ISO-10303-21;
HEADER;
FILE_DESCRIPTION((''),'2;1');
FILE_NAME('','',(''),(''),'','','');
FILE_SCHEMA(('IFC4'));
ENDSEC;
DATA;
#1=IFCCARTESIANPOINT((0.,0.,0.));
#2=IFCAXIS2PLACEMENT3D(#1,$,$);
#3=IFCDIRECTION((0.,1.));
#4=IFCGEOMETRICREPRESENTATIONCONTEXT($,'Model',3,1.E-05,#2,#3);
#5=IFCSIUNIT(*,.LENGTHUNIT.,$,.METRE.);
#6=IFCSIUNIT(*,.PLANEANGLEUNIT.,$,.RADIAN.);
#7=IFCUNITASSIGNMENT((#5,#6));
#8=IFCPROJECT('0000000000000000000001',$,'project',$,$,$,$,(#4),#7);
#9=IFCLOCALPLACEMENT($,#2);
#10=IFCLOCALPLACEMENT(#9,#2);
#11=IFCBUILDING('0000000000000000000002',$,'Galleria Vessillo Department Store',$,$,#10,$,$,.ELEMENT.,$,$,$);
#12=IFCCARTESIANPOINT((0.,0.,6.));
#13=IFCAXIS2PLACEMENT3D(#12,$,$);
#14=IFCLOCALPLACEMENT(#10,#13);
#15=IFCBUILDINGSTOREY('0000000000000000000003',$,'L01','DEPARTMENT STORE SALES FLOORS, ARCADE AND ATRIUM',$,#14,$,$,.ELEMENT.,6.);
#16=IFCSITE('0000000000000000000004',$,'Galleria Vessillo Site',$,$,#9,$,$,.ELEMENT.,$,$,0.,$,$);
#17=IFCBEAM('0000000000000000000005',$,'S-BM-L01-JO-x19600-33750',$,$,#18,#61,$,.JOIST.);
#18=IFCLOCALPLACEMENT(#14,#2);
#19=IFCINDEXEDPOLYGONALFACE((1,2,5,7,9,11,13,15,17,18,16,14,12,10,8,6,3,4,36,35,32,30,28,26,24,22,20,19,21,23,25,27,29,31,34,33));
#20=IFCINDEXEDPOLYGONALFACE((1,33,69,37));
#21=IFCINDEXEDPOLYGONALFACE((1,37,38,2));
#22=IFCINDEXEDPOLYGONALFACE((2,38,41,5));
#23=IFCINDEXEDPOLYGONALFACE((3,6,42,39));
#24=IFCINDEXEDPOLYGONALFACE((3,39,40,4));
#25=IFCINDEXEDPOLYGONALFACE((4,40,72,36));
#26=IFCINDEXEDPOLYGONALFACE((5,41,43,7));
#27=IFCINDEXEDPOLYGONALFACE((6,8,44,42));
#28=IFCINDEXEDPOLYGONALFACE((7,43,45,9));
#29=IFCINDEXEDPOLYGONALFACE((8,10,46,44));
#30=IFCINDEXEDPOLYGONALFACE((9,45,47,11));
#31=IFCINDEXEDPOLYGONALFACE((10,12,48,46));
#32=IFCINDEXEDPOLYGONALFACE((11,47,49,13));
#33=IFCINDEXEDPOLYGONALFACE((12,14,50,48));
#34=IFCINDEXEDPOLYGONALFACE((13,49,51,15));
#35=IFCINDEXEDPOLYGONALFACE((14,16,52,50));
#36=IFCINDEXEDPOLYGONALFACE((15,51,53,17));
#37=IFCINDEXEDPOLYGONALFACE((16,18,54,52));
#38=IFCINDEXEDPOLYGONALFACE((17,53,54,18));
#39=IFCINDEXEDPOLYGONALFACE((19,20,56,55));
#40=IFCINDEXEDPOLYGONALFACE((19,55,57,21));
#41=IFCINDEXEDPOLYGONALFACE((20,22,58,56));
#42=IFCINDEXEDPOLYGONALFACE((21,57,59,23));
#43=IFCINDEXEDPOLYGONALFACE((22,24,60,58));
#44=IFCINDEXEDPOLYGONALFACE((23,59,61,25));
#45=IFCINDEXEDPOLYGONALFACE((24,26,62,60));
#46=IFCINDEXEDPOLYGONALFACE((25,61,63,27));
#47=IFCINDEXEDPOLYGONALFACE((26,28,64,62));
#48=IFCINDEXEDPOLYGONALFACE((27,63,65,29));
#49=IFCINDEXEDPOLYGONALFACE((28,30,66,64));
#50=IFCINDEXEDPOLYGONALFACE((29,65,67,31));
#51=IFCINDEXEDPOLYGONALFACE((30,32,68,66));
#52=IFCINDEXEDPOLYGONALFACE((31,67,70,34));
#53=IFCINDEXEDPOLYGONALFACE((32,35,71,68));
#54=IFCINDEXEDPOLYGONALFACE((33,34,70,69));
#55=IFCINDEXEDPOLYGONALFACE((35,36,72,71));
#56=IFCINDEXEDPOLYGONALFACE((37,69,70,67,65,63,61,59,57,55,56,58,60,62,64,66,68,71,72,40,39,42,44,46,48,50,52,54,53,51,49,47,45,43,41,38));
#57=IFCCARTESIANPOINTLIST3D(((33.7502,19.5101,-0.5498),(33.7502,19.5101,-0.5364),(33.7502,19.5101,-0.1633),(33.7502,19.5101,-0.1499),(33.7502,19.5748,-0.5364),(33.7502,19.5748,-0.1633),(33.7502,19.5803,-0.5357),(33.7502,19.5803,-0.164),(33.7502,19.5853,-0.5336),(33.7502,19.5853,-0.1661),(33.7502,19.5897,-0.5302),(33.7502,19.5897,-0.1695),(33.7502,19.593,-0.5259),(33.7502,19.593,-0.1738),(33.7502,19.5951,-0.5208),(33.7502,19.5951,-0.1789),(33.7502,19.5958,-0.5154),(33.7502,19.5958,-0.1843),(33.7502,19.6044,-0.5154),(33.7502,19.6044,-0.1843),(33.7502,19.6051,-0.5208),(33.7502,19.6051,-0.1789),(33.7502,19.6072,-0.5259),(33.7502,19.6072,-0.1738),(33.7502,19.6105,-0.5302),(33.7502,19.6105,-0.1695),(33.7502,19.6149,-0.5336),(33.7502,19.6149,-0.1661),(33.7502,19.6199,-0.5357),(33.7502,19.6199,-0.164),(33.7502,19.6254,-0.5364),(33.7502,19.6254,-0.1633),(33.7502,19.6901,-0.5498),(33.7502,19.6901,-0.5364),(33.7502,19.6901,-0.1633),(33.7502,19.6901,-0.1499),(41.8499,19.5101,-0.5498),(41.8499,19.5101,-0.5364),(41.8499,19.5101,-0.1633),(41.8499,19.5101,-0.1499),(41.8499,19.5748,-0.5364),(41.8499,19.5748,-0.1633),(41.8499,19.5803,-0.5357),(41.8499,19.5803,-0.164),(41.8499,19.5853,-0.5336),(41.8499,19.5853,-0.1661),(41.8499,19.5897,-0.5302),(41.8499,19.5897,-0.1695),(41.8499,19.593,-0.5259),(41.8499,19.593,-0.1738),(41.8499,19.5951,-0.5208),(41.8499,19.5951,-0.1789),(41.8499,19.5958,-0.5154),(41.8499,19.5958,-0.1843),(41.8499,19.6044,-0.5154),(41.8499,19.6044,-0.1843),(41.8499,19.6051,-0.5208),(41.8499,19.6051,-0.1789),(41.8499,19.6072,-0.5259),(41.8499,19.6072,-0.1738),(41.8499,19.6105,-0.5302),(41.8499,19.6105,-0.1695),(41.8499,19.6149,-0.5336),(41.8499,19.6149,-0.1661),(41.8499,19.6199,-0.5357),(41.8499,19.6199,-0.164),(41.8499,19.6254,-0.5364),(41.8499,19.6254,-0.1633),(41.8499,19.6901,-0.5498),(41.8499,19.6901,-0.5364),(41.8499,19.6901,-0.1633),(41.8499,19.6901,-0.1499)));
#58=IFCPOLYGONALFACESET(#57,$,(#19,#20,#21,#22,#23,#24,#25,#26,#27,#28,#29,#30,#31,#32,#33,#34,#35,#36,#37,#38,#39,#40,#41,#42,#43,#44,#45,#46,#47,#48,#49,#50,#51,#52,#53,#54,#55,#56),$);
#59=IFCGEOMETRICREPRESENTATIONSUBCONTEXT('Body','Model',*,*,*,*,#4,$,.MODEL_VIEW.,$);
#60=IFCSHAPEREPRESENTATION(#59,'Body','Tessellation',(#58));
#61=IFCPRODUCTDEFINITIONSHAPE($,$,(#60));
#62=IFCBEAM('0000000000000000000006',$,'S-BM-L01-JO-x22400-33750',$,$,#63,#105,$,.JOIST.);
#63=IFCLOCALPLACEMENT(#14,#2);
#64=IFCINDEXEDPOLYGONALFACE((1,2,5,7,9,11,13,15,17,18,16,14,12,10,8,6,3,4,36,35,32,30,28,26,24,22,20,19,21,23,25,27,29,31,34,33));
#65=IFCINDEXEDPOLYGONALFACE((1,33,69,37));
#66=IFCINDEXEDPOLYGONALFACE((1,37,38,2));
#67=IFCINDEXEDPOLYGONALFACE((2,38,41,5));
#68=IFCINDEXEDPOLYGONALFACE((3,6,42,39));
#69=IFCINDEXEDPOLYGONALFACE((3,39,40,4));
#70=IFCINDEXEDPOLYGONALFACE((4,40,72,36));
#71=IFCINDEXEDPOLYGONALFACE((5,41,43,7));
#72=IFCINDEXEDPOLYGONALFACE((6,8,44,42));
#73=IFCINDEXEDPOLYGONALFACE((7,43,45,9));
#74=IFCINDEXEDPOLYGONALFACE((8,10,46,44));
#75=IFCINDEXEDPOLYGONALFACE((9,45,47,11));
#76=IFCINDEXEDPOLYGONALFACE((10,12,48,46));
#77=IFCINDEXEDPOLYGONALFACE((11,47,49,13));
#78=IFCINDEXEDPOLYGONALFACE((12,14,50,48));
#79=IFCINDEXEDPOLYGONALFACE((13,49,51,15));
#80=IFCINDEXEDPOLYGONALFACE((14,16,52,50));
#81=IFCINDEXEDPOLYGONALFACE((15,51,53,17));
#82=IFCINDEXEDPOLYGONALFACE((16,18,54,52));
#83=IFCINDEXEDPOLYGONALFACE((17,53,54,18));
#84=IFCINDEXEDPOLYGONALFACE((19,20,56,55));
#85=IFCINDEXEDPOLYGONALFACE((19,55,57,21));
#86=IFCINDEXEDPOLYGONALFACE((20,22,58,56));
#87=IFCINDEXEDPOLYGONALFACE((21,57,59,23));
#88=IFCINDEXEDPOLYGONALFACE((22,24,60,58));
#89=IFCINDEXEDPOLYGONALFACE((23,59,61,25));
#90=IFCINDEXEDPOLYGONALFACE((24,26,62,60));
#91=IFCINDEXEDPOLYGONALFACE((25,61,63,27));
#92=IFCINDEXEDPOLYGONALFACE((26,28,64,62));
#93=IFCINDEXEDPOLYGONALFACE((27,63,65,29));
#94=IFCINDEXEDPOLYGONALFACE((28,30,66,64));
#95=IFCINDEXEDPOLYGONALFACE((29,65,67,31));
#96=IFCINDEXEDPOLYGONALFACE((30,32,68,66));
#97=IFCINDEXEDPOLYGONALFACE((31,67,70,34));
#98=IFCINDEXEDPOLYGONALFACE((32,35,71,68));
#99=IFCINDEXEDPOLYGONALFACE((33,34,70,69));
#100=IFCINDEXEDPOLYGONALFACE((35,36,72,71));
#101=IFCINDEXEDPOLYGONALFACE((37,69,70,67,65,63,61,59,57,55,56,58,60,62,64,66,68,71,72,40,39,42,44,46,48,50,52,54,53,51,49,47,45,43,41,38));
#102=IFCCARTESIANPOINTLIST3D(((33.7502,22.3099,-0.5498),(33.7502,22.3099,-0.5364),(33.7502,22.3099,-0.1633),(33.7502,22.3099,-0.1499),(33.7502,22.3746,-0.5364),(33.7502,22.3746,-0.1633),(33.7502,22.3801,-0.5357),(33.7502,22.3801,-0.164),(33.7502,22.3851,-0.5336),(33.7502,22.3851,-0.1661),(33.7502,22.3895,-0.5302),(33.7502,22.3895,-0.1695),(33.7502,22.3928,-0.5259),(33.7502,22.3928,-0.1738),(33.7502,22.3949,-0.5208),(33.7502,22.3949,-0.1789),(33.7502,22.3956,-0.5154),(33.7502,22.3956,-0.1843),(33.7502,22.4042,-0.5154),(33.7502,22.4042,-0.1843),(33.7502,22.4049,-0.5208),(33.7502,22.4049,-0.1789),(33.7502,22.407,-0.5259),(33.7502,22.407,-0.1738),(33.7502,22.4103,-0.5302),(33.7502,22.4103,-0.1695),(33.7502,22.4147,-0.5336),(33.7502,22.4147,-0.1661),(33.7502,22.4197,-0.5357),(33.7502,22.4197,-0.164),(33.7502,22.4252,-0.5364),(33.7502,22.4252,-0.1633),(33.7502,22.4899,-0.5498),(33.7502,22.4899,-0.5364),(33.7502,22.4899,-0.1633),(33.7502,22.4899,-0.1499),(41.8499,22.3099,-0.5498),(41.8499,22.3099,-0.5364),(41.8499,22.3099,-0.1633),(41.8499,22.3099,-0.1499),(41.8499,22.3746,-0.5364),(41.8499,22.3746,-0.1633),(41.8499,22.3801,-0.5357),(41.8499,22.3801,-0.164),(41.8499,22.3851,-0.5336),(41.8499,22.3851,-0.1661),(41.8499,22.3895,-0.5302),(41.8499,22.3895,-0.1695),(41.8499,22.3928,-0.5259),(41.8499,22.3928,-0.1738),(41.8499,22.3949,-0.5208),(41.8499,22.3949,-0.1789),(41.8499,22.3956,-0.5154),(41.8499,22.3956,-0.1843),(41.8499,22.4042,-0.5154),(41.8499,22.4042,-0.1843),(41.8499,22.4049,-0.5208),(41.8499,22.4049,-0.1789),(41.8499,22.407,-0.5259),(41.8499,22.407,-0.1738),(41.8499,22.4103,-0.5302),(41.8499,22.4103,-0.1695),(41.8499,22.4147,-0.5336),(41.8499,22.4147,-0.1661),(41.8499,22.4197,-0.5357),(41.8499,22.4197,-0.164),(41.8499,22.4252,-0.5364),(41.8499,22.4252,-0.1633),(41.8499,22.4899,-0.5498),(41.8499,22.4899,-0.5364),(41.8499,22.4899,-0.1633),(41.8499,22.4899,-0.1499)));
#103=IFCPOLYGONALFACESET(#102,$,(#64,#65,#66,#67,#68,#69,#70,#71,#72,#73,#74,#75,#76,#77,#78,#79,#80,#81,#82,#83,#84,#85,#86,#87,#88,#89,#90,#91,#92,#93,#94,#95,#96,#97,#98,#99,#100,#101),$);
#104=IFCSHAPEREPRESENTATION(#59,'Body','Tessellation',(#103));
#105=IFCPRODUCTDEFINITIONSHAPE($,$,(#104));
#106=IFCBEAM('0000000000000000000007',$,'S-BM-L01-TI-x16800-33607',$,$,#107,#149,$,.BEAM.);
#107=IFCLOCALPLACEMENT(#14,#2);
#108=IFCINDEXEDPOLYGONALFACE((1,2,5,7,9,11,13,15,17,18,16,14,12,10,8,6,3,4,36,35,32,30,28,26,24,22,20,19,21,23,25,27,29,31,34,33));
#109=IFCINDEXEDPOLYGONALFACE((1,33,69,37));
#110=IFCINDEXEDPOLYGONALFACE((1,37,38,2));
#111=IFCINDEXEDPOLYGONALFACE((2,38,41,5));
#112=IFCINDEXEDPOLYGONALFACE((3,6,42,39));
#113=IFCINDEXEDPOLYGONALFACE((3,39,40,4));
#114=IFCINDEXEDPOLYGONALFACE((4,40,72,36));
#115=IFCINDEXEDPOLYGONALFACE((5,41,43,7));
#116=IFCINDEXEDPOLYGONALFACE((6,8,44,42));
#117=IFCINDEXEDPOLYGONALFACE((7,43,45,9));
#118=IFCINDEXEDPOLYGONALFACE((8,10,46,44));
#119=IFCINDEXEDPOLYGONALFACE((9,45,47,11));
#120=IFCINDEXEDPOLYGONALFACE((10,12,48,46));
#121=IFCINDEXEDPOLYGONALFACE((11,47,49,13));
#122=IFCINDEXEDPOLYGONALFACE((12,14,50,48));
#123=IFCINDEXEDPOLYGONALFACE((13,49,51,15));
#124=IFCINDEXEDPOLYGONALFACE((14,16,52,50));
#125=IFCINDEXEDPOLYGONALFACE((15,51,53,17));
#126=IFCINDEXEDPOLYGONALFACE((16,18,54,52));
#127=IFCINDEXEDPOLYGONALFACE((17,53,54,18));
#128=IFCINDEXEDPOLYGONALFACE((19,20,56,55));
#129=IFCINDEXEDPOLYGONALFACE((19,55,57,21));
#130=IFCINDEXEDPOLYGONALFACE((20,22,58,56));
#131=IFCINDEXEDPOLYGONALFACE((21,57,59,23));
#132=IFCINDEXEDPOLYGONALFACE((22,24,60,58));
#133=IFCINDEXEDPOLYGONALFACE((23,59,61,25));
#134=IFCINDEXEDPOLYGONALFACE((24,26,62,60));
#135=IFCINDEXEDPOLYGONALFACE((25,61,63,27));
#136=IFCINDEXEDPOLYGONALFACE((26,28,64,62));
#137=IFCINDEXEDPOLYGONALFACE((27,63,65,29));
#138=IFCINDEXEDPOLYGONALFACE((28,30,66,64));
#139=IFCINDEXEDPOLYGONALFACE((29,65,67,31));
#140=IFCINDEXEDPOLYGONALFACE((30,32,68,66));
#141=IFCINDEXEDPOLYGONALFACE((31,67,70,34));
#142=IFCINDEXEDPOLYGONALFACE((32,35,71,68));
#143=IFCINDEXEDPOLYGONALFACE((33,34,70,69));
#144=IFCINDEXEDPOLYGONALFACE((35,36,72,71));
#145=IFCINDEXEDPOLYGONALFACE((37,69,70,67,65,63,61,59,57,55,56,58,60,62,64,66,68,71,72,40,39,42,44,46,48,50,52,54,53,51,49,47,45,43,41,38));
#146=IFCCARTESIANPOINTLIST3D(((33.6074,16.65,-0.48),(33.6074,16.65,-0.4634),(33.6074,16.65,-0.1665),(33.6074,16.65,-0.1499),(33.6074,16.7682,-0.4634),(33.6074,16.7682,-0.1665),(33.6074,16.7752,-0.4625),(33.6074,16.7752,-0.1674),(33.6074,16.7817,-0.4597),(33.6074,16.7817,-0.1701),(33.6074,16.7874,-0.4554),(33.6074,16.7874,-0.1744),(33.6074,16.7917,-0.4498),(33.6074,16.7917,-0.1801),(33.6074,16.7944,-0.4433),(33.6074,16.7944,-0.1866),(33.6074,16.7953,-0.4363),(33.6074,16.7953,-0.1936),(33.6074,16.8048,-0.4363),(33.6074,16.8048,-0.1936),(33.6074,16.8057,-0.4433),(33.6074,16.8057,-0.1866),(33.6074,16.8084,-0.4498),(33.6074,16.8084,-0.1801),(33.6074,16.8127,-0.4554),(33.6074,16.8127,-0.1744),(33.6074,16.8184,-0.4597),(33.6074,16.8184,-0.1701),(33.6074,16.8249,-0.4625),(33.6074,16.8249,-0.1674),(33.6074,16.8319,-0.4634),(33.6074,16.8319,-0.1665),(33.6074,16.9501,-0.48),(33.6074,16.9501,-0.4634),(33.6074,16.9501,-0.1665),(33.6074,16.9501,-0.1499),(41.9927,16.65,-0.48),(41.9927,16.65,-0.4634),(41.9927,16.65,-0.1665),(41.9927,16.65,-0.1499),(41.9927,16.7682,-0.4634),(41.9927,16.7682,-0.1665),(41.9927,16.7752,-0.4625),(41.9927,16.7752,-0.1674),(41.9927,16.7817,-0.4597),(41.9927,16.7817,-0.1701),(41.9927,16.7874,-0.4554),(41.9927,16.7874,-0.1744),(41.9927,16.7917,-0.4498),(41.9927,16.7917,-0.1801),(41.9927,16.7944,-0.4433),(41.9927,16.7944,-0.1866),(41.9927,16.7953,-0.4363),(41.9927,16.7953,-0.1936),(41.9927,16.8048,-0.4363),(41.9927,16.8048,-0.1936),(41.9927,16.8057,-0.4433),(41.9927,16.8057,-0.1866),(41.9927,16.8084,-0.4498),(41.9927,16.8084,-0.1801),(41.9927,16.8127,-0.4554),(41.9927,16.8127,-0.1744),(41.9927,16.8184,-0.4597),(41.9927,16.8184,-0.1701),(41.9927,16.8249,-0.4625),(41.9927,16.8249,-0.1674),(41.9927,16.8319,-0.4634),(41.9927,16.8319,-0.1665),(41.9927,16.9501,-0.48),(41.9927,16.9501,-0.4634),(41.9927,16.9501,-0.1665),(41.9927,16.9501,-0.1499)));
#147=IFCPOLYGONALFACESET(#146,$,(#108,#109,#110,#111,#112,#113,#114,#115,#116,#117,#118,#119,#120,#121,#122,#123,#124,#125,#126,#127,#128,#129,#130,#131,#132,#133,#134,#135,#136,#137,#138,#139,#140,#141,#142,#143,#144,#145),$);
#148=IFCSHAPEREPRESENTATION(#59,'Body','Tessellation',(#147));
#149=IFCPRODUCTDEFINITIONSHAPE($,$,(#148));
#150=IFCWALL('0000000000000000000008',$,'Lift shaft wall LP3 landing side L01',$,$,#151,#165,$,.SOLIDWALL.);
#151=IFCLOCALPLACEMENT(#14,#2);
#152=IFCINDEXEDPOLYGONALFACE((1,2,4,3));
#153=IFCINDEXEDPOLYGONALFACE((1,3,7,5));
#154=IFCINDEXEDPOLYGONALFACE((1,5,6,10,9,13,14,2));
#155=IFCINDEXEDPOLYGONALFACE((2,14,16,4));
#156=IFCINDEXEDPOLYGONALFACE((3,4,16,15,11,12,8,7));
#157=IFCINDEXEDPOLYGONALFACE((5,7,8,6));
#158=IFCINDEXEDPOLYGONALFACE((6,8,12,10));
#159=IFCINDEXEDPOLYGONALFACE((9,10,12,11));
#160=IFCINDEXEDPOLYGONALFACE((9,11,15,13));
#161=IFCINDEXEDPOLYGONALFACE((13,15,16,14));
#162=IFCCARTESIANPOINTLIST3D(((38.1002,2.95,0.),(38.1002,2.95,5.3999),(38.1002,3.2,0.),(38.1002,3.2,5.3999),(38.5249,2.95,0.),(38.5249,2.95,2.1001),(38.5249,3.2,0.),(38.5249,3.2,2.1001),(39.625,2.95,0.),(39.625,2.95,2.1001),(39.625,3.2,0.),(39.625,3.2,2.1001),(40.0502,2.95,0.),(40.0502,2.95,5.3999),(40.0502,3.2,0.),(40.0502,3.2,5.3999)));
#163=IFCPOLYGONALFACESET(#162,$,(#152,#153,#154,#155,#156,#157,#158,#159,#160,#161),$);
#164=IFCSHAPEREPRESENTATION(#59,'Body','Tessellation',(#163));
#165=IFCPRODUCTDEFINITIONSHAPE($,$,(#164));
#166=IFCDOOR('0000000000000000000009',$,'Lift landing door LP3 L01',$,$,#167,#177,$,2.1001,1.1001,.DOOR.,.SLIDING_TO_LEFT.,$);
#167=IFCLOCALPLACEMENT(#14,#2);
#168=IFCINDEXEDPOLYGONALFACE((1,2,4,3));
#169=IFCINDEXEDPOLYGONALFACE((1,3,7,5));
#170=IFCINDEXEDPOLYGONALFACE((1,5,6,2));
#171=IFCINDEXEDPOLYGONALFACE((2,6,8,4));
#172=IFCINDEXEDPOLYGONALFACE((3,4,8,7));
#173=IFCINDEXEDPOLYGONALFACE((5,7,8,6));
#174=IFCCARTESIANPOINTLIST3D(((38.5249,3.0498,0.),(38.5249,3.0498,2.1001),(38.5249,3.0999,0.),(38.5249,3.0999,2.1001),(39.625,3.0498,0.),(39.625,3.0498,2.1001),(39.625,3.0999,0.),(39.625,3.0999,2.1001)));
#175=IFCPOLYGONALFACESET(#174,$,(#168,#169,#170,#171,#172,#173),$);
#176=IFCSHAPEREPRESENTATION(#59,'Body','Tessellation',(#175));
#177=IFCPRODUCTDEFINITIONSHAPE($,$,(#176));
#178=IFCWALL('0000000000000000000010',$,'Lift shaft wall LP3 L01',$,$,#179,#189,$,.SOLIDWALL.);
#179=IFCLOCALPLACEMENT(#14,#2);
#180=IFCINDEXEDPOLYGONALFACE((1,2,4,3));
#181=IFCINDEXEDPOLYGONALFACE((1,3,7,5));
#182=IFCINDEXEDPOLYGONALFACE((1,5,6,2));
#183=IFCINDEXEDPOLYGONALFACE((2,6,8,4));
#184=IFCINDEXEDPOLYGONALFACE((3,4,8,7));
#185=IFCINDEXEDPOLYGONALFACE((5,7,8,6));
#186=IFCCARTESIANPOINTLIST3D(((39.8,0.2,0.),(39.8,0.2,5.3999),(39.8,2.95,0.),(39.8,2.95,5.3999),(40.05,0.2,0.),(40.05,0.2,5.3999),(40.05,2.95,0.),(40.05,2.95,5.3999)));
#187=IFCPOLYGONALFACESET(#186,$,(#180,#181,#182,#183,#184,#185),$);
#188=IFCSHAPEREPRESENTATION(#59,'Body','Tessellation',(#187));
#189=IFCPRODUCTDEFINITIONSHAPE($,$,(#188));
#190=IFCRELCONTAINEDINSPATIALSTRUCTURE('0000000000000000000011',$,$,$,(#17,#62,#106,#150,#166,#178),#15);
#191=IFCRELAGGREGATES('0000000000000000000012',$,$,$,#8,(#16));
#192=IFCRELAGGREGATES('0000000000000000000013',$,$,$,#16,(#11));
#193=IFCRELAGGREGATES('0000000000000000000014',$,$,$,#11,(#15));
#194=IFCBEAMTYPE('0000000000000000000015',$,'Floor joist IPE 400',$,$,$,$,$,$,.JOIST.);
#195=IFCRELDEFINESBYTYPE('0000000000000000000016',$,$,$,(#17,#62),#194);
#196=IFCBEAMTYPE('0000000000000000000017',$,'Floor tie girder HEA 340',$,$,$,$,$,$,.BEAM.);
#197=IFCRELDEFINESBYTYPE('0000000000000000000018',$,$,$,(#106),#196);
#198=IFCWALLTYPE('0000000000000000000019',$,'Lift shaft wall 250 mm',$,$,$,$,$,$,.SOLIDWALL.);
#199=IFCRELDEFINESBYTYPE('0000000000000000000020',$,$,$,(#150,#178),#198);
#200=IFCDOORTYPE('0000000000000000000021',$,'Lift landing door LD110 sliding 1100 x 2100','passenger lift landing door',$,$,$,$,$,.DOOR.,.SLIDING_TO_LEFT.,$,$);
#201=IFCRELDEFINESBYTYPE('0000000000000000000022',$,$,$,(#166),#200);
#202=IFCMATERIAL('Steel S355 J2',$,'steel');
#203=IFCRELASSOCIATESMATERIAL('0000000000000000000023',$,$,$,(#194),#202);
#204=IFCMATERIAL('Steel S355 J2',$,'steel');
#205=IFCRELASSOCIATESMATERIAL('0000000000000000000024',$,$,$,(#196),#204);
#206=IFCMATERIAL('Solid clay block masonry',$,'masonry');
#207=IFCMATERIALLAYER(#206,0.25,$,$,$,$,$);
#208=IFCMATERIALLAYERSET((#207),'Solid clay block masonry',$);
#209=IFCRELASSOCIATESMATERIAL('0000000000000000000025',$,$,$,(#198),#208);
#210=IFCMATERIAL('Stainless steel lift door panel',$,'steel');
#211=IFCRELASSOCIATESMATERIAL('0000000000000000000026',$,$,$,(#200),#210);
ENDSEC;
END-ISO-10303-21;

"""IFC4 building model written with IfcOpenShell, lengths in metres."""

from ifc_helpers import new_model, si_unit, direction, frame, frame_2d, origin, origin_2d, place, context, subcontext, project, spatial, rectangle, i_section, extrude, material, layer, layer_set, material_profile, profile_set, type_object, element, fill, save


model = new_model("IFC4")

# Units and contexts
model_context = context("Model", 3, precision=1e-05, world=origin(), true_north=direction((0.0, 1.0)))
body_context = subcontext(model_context, "Body", "Model", "MODEL_VIEW")
ifc_project = project(units=[si_unit("LENGTHUNIT", "METRE"), si_unit("PLANEANGLEUNIT", "RADIAN")], contexts=[model_context])

# Site, building, storey
site_placement = place(None, origin())
site = spatial("IfcSite", under=ifc_project, at=site_placement, Name="Galleria Vessillo Site", CompositionType="ELEMENT", RefElevation=0.0)
building_placement = place(site_placement, origin())
building = spatial("IfcBuilding", under=site, at=building_placement, Name="Galleria Vessillo Department Store", CompositionType="ELEMENT")
storey_placement = place(building_placement, frame((0.0, 0.0, 6.0)))
storey = spatial("IfcBuildingStorey", under=building, at=storey_placement, Name="L01", Description="DEPARTMENT STORE SALES FLOORS, ARCADE AND ATRIUM", CompositionType="ELEMENT", Elevation=6.0)

# Beams
ifc_material_1 = material(Name="Steel S355 J2", Category="steel")
ifc_material_profile_1 = material_profile(ifc_material_1, i_section(OverallWidth=0.1799, OverallDepth=0.3999, WebThickness=0.0085, FlangeThickness=0.0134, FilletRadius=0.021, at=origin_2d()), Name="IPE 400")
ifc_profile_set_1 = profile_set([ifc_material_profile_1], Name="Steel S355 J2")
beam_type_1 = type_object("IfcBeamType", Name="Floor joist IPE 400", PredefinedType="JOIST", material=ifc_profile_set_1)
for number, where, z_axis, x_axis, name in (
    (1, (33.7502, 19.6001, -0.3499), (1.0, 0.0, 0.0), (0.0, 1.0, 0.0), "S-BM-L01-JO-x19600-33750"),
    (2, (33.7502, 22.3999, -0.3499), (1.0, 0.0, 0.0), (0.0, 1.0, 0.0), "S-BM-L01-JO-x22400-33750"),
):
    element("IfcBeam", number, at=place(storey_placement, frame(where, z_axis=z_axis, x_axis=x_axis)), inside=storey, type_object=beam_type_1, Name=name, PredefinedType="JOIST", context=body_context, shape_type="SweptSolid", body=[
        extrude(i_section(OverallWidth=0.1799, OverallDepth=0.3999, WebThickness=0.0085, FlangeThickness=0.0134, FilletRadius=0.021, at=origin_2d()), origin(), (0.0, 0.0, 1.0), 8.0996),
    ])
ifc_material_2 = material(Name="Steel S355 J2", Category="steel")
ifc_material_profile_2 = material_profile(ifc_material_2, i_section(OverallWidth=0.3, OverallDepth=0.3301, WebThickness=0.0095, FlangeThickness=0.0166, FilletRadius=0.0271, at=origin_2d()), Name="HEA 340")
ifc_profile_set_2 = profile_set([ifc_material_profile_2], Name="Steel S355 J2")
beam_type_2 = type_object("IfcBeamType", Name="Floor tie girder HEA 340", PredefinedType="BEAM", material=ifc_profile_set_2)
beam_1_placement = place(storey_placement, frame((33.6074, 16.8, -0.3149), z_axis=(1.0, 0.0, 0.0), x_axis=(0.0, 1.0, 0.0)))
element("IfcBeam", 3, at=beam_1_placement, inside=storey, type_object=beam_type_2, Name="S-BM-L01-TI-x16800-33607", PredefinedType="BEAM", context=body_context, shape_type="SweptSolid", body=[
    extrude(i_section(OverallWidth=0.3, OverallDepth=0.3301, WebThickness=0.0095, FlangeThickness=0.0166, FilletRadius=0.0271, at=origin_2d()), origin(), (0.0, 0.0, 1.0), 8.3853),
])

# Wall, opening, door
ifc_material_3 = material(Name="Solid clay block masonry", Category="masonry")
ifc_layer_1 = layer(ifc_material_3, 0.25)
ifc_layer_set_1 = layer_set([ifc_layer_1], Name="Solid clay block masonry")
wall_type_1 = type_object("IfcWallType", Name="Lift shaft wall 250 mm", PredefinedType="SOLIDWALL", material=ifc_layer_set_1)
wall_1_placement = place(storey_placement, frame((38.1001, 3.075, 0.0), z_axis=(0.0, 0.0, 1.0), x_axis=(1.0, 0.0, 0.0)))
wall_1 = element("IfcWall", 4, at=wall_1_placement, inside=storey, type_object=wall_type_1, Name="Lift shaft wall LP3 landing side L01", PredefinedType="SOLIDWALL", context=body_context, shape_type="SweptSolid", body=[
    extrude(rectangle(XDim=1.95, YDim=0.25, at=frame_2d((0.9751, 0.0))), origin(), (0.0, 0.0, 1.0), 5.3999),
])
opening_1_placement = place(wall_1_placement, frame((0.4248, 0.0, 0.0)))
opening_1 = element("IfcOpeningElement", 5, at=opening_1_placement, cuts=wall_1, PredefinedType="OPENING", context=body_context, shape_type="SweptSolid", body=[
    extrude(rectangle(XDim=1.1001, YDim=2.1001, at=frame_2d((0.55, 1.05))), frame((0.0, 0.135, 0.0), z_axis=(0.0, -1.0, 0.0), x_axis=(1.0, 0.0, 0.0)), (0.0, 0.0, 1.0), 0.27),
])
ifc_material_4 = material(Name="Stainless steel lift door panel", Category="steel")
door_type_1 = type_object("IfcDoorType", Name="Lift landing door LD110 sliding 1100 x 2100", Description="passenger lift landing door", OperationType="SLIDING_TO_LEFT", PredefinedType="DOOR", material=ifc_material_4)
door_1_placement = place(opening_1_placement, origin())
door_1 = element("IfcDoor", 6, at=door_1_placement, inside=storey, type_object=door_type_1, Name="Lift landing door LP3 L01", OperationType="SLIDING_TO_LEFT", OverallHeight=2.1001, OverallWidth=1.1001, PredefinedType="DOOR", context=body_context, shape_type="SweptSolid", body=[
    extrude(rectangle(XDim=1.1001, YDim=2.1001, at=frame_2d((0.55, 1.05))), frame((0.0, 0.0249, 0.0), z_axis=(0.0, -1.0, 0.0), x_axis=(1.0, 0.0, 0.0)), (0.0, 0.0, 1.0), 0.05),
])
fill(opening_1, door_1)

# Wall
wall_2_placement = place(storey_placement, frame((39.925, 0.2, 0.0), z_axis=(0.0, 0.0, 1.0), x_axis=(0.0, 1.0, 0.0)))
element("IfcWall", 7, at=wall_2_placement, inside=storey, type_object=wall_type_1, Name="Lift shaft wall LP3 L01", PredefinedType="SOLIDWALL", context=body_context, shape_type="SweptSolid", body=[
    extrude(rectangle(XDim=2.75, YDim=0.25, at=frame_2d((1.375, 0.0))), origin(), (0.0, 0.0, 1.0), 5.3999),
])

save(model, "model.ifc")
